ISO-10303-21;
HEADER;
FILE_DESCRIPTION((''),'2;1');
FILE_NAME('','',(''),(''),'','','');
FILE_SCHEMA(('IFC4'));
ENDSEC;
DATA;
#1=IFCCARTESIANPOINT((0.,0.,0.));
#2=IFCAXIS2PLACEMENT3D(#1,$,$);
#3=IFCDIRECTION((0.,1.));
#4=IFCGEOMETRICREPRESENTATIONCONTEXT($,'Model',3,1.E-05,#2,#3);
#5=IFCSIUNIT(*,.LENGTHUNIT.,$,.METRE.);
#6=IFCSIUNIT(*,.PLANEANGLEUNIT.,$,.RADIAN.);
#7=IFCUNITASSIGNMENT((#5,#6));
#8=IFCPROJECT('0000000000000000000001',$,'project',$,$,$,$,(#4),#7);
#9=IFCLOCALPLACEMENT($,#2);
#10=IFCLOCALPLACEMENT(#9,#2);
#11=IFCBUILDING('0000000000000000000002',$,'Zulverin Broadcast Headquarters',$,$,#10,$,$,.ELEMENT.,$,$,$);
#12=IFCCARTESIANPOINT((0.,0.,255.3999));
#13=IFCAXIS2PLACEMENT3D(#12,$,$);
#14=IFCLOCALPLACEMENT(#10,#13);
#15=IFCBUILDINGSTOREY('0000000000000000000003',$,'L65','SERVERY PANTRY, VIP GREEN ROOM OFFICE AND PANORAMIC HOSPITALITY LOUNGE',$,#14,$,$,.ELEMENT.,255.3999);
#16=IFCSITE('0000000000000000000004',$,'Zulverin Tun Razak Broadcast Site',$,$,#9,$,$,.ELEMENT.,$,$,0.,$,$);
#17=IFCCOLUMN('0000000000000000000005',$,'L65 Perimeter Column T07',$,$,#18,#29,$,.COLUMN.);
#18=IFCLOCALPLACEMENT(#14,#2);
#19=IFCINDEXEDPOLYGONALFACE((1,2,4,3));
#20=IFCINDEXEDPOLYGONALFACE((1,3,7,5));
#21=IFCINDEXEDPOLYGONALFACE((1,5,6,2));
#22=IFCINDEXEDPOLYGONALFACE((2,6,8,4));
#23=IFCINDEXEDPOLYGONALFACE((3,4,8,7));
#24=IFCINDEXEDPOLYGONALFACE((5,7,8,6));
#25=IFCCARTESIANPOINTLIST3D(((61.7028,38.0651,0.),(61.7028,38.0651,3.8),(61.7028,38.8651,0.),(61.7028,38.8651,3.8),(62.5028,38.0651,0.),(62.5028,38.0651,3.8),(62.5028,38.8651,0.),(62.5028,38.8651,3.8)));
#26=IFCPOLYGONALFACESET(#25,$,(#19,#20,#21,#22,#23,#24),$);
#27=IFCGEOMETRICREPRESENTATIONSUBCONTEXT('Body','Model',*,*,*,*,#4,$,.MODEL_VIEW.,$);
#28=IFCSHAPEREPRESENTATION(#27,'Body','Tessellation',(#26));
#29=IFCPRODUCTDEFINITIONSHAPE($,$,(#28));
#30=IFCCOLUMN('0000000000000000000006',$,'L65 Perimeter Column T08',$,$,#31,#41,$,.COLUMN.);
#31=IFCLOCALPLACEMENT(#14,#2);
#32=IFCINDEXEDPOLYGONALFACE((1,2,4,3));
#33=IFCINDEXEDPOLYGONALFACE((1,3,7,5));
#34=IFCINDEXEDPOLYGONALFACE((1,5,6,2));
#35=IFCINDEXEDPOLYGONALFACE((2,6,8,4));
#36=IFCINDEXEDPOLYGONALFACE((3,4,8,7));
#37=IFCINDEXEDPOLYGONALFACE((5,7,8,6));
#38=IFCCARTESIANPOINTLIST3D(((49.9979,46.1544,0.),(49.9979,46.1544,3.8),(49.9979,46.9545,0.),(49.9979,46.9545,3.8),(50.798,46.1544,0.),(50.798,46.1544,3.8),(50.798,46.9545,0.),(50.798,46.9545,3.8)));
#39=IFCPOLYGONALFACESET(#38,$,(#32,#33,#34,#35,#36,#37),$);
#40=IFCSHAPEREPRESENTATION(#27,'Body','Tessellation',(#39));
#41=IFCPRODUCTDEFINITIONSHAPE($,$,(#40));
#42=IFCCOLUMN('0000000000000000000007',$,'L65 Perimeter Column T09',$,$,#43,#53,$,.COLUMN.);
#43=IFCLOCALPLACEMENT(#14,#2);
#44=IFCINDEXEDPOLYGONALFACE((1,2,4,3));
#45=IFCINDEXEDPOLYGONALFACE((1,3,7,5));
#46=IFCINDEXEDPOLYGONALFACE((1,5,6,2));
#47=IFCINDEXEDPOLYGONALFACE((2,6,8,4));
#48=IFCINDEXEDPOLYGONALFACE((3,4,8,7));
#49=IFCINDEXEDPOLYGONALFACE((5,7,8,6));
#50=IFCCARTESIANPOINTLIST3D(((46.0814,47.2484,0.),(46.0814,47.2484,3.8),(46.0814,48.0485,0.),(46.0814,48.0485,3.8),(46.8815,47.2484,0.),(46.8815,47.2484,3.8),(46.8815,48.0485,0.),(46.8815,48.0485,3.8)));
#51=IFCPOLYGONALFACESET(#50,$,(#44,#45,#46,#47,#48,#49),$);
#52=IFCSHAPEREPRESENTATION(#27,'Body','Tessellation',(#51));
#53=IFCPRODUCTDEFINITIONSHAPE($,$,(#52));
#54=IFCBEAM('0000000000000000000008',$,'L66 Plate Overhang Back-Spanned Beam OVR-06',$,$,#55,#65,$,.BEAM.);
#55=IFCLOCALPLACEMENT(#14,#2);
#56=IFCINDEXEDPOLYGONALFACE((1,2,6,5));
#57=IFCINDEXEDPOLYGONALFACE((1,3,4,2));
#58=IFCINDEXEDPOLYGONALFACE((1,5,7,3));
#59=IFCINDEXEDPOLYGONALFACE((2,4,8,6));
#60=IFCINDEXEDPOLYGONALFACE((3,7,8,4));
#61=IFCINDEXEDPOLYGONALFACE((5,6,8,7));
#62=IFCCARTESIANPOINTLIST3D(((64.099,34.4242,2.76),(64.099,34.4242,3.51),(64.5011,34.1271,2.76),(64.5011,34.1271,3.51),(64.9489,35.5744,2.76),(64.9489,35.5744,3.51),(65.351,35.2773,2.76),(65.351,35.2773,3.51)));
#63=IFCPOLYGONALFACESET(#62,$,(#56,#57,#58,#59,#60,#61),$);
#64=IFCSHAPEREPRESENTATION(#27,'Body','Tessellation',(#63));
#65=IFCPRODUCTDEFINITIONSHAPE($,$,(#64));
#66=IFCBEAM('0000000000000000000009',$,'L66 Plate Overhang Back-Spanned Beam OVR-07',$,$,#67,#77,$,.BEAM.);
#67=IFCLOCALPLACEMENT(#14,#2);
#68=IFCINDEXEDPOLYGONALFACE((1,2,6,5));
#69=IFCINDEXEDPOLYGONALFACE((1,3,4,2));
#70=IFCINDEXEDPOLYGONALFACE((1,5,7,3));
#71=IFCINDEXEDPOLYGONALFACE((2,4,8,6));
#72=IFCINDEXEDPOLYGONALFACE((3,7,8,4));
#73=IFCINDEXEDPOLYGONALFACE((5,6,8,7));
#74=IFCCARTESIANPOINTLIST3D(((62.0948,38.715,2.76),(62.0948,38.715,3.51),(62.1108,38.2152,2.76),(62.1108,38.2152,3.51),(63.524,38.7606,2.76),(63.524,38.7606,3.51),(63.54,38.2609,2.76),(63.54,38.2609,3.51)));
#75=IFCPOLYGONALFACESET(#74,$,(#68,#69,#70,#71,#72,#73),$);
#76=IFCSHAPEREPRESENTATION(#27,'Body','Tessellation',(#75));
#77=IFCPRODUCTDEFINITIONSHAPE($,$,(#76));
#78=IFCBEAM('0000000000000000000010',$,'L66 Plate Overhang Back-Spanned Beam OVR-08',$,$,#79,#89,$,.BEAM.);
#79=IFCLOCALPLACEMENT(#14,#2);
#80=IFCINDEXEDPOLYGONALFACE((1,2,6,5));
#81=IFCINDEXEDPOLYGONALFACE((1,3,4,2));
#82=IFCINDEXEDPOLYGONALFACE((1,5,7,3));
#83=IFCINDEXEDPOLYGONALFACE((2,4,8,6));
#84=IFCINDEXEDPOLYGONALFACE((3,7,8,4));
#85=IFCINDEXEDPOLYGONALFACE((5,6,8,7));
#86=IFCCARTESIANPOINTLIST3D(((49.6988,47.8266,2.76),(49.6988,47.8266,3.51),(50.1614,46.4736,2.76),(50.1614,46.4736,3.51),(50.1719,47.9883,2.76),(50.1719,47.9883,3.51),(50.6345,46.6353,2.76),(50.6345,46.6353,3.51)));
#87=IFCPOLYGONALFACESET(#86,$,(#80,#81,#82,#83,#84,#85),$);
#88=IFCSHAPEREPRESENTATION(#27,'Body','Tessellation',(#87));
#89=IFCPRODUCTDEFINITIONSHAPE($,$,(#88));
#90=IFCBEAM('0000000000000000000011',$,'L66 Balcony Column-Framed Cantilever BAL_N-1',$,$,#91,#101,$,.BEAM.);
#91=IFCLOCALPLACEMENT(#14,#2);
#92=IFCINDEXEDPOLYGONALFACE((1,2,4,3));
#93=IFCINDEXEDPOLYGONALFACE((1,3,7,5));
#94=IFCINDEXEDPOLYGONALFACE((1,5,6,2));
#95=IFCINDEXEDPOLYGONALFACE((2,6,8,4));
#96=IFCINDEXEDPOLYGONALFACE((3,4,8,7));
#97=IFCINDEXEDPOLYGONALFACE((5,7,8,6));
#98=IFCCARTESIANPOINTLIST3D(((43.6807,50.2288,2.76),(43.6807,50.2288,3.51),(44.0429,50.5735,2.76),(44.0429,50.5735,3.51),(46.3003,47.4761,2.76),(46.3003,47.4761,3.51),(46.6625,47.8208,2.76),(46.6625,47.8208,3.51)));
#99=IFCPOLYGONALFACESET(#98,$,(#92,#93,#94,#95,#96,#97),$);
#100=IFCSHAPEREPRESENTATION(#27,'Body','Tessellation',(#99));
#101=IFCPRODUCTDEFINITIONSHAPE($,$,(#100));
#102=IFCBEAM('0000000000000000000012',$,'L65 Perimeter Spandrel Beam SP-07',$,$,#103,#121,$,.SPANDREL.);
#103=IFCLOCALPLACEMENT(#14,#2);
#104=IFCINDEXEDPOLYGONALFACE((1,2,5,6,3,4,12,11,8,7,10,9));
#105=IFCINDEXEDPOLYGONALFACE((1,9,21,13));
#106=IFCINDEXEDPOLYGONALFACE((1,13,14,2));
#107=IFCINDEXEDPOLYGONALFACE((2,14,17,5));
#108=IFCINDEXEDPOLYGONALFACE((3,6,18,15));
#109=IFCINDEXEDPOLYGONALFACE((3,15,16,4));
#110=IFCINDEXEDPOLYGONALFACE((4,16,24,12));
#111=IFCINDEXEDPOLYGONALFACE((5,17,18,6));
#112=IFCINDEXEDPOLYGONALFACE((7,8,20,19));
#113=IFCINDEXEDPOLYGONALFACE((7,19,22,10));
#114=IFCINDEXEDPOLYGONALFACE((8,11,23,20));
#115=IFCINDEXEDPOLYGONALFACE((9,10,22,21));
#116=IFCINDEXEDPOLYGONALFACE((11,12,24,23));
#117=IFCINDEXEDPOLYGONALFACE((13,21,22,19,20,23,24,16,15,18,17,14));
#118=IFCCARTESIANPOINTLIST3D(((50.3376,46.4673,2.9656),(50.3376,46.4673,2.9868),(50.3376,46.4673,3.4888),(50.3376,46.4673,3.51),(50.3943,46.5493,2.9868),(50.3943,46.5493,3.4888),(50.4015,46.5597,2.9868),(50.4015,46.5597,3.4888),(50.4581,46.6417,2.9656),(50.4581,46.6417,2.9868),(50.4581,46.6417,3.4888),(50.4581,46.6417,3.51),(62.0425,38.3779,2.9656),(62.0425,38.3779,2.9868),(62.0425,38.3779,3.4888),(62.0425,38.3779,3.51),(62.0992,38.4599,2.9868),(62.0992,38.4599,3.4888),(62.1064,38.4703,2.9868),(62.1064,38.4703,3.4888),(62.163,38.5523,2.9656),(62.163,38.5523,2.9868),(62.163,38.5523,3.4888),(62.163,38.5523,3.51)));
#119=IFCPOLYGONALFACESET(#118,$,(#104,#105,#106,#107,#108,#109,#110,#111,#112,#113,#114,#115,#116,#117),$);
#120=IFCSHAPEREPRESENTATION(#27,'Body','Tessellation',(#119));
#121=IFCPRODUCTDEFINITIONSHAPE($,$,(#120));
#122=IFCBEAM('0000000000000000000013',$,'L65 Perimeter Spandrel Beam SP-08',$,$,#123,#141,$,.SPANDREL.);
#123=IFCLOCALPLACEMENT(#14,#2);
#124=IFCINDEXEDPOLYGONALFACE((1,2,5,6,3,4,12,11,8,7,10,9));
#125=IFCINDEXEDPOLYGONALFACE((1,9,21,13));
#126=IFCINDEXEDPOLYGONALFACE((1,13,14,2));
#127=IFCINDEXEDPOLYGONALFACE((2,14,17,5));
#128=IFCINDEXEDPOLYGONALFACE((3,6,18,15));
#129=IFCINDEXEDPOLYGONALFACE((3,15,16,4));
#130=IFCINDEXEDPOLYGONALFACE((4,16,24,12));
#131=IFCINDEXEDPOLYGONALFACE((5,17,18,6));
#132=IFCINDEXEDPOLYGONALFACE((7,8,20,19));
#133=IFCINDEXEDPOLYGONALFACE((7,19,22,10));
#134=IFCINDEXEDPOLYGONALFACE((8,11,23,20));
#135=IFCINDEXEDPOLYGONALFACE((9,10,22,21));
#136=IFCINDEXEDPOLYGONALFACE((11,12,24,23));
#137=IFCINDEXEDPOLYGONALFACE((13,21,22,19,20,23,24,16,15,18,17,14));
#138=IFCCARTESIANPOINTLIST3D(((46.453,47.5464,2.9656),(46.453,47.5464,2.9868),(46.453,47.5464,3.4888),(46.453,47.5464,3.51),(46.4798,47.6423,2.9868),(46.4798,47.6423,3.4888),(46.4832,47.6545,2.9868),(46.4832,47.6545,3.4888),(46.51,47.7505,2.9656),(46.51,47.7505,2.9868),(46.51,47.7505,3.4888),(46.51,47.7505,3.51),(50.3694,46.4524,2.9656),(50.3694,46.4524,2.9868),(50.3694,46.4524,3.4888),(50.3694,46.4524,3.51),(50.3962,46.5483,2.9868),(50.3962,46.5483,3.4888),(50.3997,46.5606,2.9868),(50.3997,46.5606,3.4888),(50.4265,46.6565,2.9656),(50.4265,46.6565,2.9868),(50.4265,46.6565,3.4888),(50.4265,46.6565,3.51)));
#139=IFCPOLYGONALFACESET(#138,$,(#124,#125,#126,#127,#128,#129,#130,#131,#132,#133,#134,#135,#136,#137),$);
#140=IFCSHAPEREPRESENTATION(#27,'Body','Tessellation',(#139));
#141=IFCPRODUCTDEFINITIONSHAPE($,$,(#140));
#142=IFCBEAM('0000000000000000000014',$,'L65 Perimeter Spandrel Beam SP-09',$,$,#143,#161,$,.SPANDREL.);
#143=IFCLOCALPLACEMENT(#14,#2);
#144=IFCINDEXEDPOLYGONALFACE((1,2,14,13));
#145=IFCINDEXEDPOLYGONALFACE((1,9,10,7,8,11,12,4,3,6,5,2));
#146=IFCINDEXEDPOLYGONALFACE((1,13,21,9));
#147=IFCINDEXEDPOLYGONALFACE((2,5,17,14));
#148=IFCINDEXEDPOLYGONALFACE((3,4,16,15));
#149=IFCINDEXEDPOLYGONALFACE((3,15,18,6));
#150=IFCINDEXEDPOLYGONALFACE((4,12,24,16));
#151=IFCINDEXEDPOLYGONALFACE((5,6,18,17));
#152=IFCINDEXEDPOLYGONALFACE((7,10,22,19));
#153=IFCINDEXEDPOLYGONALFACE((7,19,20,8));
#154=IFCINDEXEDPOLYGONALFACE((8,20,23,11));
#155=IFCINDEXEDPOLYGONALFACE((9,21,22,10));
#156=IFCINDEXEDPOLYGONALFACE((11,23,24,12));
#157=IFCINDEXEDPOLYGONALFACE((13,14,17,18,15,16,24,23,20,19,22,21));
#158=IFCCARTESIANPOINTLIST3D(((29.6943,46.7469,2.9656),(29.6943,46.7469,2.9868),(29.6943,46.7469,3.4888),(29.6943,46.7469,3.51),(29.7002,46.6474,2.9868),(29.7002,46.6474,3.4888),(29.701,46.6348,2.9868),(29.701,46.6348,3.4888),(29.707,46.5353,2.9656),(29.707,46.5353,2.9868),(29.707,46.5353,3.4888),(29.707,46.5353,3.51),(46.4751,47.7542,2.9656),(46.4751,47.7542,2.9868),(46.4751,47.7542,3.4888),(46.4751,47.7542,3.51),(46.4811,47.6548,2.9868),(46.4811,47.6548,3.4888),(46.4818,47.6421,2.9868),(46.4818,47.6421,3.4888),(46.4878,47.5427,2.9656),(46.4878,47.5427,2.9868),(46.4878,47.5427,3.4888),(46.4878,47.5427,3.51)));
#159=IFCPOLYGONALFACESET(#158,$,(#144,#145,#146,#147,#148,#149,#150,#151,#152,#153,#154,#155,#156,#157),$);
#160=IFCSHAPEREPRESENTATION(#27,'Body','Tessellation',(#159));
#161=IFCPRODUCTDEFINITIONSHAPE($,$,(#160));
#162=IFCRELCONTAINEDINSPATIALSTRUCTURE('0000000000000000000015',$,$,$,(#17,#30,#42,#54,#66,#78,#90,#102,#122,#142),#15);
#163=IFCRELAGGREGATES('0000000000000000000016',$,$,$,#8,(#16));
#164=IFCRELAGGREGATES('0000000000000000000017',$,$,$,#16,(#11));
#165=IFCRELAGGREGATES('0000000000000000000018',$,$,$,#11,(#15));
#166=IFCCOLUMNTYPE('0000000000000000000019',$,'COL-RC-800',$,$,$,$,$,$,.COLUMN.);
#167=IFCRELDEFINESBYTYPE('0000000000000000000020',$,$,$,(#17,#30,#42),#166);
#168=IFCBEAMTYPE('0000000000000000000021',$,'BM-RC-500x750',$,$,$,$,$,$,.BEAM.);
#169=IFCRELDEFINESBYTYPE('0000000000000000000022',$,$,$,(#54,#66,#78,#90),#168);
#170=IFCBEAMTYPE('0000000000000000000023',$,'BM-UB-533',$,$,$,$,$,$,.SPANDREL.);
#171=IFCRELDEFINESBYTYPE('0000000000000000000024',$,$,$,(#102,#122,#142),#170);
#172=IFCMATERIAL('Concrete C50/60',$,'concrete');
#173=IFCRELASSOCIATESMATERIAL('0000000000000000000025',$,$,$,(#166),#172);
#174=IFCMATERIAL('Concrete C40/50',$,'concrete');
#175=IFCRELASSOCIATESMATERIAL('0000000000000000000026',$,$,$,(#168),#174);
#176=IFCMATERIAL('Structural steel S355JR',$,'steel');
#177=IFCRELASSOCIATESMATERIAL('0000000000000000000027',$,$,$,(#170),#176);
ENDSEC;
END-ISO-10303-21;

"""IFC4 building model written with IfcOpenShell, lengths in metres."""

from ifc_helpers import new_model, si_unit, direction, frame, origin, origin_2d, place, context, subcontext, project, spatial, rectangle, i_section, extrude, material, material_profile, profile_set, type_object, element, save


model = new_model("IFC4")

# Units and contexts
model_context = context("Model", 3, precision=1e-05, world=origin(), true_north=direction((0.0, 1.0)))
body_context = subcontext(model_context, "Body", "Model", "MODEL_VIEW")
ifc_project = project(units=[si_unit("LENGTHUNIT", "METRE"), si_unit("PLANEANGLEUNIT", "RADIAN")], contexts=[model_context])

# Site, building, storey
site_placement = place(None, origin())
site = spatial("IfcSite", under=ifc_project, at=site_placement, Name="Zulverin Tun Razak Broadcast Site", CompositionType="ELEMENT", RefElevation=0.0)
building_placement = place(site_placement, origin())
building = spatial("IfcBuilding", under=site, at=building_placement, Name="Zulverin Broadcast Headquarters", CompositionType="ELEMENT")
storey_placement = place(building_placement, frame((0.0, 0.0, 255.3999)))
storey = spatial("IfcBuildingStorey", under=building, at=storey_placement, Name="L65", Description="SERVERY PANTRY, VIP GREEN ROOM OFFICE AND PANORAMIC HOSPITALITY LOUNGE", CompositionType="ELEMENT", Elevation=255.3999)

# Columns
ifc_material_1 = material(Name="Concrete C50/60", Category="concrete")
ifc_material_profile_1 = material_profile(ifc_material_1, rectangle(XDim=0.8, YDim=0.8, at=origin_2d()), Name="Concrete C50/60", Category="concrete")
ifc_profile_set_1 = profile_set([ifc_material_profile_1], Name="Concrete C50/60")
column_type = type_object("IfcColumnType", Name="COL-RC-800", PredefinedType="COLUMN", material=ifc_profile_set_1)
for number, where, z_axis, x_axis, name in (
    (1, (62.1028, 38.4651, 0.0), (0.0, 0.0, 1.0), (1.0, 0.0, 0.0), "L65 Perimeter Column T07"),
    (2, (50.3979, 46.5544, 0.0), (0.0, 0.0, 1.0), (1.0, 0.0, 0.0), "L65 Perimeter Column T08"),
    (3, (46.4814, 47.6484, 0.0), (0.0, 0.0, 1.0), (1.0, 0.0, 0.0), "L65 Perimeter Column T09"),
):
    element("IfcColumn", number, at=place(storey_placement, frame(where, z_axis=z_axis, x_axis=x_axis)), inside=storey, type_object=column_type, Name=name, PredefinedType="COLUMN", context=body_context, shape_type="SweptSolid", body=[
        extrude(rectangle(XDim=0.8, YDim=0.8, at=origin_2d()), origin(), (0.0, 0.0, 1.0), 3.8),
    ])

# Beams
ifc_material_2 = material(Name="Concrete C40/50", Category="concrete")
ifc_material_profile_2 = material_profile(ifc_material_2, rectangle(XDim=0.5, YDim=0.75, at=origin_2d()), Name="Concrete C40/50", Category="concrete")
ifc_profile_set_2 = profile_set([ifc_material_profile_2], Name="Concrete C40/50")
beam_type_1 = type_object("IfcBeamType", Name="BM-RC-500x750", PredefinedType="BEAM", material=ifc_profile_set_2)
beam_1_placement = place(storey_placement, frame((64.3, 34.2756, 3.135), z_axis=(0.594276, 0.804261, 0.0), x_axis=(-0.804261, 0.594276, 0.0)))
element("IfcBeam", 4, at=beam_1_placement, inside=storey, type_object=beam_type_1, Name="L66 Plate Overhang Back-Spanned Beam OVR-06", PredefinedType="BEAM", context=body_context, shape_type="SweptSolid", body=[
    extrude(rectangle(XDim=0.5, YDim=0.75, at=origin_2d()), origin(), (0.0, 0.0, 1.0), 1.4302),
])
for number, where, z_axis, x_axis, name in (
    (5, (62.1028, 38.4651, 3.135), (0.99949, 0.031928, 0.0), (-0.031928, 0.99949, 0.0), "L66 Plate Overhang Back-Spanned Beam OVR-07"),
    (6, (50.3979, 46.5544, 3.135), (-0.323543, 0.946214, 0.0), (-0.946214, -0.323543, 0.0), "L66 Plate Overhang Back-Spanned Beam OVR-08"),
):
    element("IfcBeam", number, at=place(storey_placement, frame(where, z_axis=z_axis, x_axis=x_axis)), inside=storey, type_object=beam_type_1, Name=name, PredefinedType="BEAM", context=body_context, shape_type="SweptSolid", body=[
        extrude(rectangle(XDim=0.5, YDim=0.75, at=origin_2d()), origin(), (0.0, 0.0, 1.0), 1.4299),
    ])
beam_2_placement = place(storey_placement, frame((46.4814, 47.6484, 3.135), z_axis=(-0.689382, 0.724398, 0.0), x_axis=(-0.724398, -0.689382, 0.0)))
element("IfcBeam", 7, at=beam_2_placement, inside=storey, type_object=beam_type_1, Name="L66 Balcony Column-Framed Cantilever BAL_N-1", PredefinedType="BEAM", context=body_context, shape_type="SweptSolid", body=[
    extrude(rectangle(XDim=0.5, YDim=0.75, at=origin_2d()), origin(), (0.0, 0.0, 1.0), 3.8),
])
ifc_material_3 = material(Name="Structural steel S355JR", Category="steel")
ifc_material_profile_3 = material_profile(ifc_material_3, i_section(OverallWidth=0.2119, OverallDepth=0.5444, WebThickness=0.0127, FlangeThickness=0.0212, at=origin_2d()), Name="Structural steel S355JR", Category="steel")
ifc_profile_set_3 = profile_set([ifc_material_profile_3], Name="Structural steel S355JR")
beam_type_2 = type_object("IfcBeamType", Name="BM-UB-533", PredefinedType="SPANDREL", material=ifc_profile_set_3)
beam_3_placement = place(storey_placement, frame((62.1028, 38.4651, 3.2378), z_axis=(-0.822652, 0.568545, 0.0), x_axis=(-0.568545, -0.822652, 0.0)))
element("IfcBeam", 8, at=beam_3_placement, inside=storey, type_object=beam_type_2, Name="L65 Perimeter Spandrel Beam SP-07", PredefinedType="SPANDREL", context=body_context, shape_type="SweptSolid", body=[
    extrude(i_section(OverallWidth=0.2119, OverallDepth=0.5444, WebThickness=0.0127, FlangeThickness=0.0212, at=origin_2d()), origin(), (0.0, 0.0, 1.0), 14.2283),
])
beam_4_placement = place(storey_placement, frame((50.3979, 46.5544, 3.2378), z_axis=(-0.963132, 0.269031, 0.0), x_axis=(-0.269031, -0.963132, 0.0)))
element("IfcBeam", 9, at=beam_4_placement, inside=storey, type_object=beam_type_2, Name="L65 Perimeter Spandrel Beam SP-08", PredefinedType="SPANDREL", context=body_context, shape_type="SweptSolid", body=[
    extrude(i_section(OverallWidth=0.2119, OverallDepth=0.5444, WebThickness=0.0127, FlangeThickness=0.0212, at=origin_2d()), origin(), (0.0, 0.0, 1.0), 4.0664),
])
beam_5_placement = place(storey_placement, frame((46.4814, 47.6484, 3.2378), z_axis=(-0.998203, -0.059921, 0.0), x_axis=(0.059921, -0.998203, 0.0)))
element("IfcBeam", 10, at=beam_5_placement, inside=storey, type_object=beam_type_2, Name="L65 Perimeter Spandrel Beam SP-09", PredefinedType="SPANDREL", context=body_context, shape_type="SweptSolid", body=[
    extrude(i_section(OverallWidth=0.2119, OverallDepth=0.5444, WebThickness=0.0127, FlangeThickness=0.0212, at=origin_2d()), origin(), (0.0, 0.0, 1.0), 16.811),
])

save(model, "model.ifc")
